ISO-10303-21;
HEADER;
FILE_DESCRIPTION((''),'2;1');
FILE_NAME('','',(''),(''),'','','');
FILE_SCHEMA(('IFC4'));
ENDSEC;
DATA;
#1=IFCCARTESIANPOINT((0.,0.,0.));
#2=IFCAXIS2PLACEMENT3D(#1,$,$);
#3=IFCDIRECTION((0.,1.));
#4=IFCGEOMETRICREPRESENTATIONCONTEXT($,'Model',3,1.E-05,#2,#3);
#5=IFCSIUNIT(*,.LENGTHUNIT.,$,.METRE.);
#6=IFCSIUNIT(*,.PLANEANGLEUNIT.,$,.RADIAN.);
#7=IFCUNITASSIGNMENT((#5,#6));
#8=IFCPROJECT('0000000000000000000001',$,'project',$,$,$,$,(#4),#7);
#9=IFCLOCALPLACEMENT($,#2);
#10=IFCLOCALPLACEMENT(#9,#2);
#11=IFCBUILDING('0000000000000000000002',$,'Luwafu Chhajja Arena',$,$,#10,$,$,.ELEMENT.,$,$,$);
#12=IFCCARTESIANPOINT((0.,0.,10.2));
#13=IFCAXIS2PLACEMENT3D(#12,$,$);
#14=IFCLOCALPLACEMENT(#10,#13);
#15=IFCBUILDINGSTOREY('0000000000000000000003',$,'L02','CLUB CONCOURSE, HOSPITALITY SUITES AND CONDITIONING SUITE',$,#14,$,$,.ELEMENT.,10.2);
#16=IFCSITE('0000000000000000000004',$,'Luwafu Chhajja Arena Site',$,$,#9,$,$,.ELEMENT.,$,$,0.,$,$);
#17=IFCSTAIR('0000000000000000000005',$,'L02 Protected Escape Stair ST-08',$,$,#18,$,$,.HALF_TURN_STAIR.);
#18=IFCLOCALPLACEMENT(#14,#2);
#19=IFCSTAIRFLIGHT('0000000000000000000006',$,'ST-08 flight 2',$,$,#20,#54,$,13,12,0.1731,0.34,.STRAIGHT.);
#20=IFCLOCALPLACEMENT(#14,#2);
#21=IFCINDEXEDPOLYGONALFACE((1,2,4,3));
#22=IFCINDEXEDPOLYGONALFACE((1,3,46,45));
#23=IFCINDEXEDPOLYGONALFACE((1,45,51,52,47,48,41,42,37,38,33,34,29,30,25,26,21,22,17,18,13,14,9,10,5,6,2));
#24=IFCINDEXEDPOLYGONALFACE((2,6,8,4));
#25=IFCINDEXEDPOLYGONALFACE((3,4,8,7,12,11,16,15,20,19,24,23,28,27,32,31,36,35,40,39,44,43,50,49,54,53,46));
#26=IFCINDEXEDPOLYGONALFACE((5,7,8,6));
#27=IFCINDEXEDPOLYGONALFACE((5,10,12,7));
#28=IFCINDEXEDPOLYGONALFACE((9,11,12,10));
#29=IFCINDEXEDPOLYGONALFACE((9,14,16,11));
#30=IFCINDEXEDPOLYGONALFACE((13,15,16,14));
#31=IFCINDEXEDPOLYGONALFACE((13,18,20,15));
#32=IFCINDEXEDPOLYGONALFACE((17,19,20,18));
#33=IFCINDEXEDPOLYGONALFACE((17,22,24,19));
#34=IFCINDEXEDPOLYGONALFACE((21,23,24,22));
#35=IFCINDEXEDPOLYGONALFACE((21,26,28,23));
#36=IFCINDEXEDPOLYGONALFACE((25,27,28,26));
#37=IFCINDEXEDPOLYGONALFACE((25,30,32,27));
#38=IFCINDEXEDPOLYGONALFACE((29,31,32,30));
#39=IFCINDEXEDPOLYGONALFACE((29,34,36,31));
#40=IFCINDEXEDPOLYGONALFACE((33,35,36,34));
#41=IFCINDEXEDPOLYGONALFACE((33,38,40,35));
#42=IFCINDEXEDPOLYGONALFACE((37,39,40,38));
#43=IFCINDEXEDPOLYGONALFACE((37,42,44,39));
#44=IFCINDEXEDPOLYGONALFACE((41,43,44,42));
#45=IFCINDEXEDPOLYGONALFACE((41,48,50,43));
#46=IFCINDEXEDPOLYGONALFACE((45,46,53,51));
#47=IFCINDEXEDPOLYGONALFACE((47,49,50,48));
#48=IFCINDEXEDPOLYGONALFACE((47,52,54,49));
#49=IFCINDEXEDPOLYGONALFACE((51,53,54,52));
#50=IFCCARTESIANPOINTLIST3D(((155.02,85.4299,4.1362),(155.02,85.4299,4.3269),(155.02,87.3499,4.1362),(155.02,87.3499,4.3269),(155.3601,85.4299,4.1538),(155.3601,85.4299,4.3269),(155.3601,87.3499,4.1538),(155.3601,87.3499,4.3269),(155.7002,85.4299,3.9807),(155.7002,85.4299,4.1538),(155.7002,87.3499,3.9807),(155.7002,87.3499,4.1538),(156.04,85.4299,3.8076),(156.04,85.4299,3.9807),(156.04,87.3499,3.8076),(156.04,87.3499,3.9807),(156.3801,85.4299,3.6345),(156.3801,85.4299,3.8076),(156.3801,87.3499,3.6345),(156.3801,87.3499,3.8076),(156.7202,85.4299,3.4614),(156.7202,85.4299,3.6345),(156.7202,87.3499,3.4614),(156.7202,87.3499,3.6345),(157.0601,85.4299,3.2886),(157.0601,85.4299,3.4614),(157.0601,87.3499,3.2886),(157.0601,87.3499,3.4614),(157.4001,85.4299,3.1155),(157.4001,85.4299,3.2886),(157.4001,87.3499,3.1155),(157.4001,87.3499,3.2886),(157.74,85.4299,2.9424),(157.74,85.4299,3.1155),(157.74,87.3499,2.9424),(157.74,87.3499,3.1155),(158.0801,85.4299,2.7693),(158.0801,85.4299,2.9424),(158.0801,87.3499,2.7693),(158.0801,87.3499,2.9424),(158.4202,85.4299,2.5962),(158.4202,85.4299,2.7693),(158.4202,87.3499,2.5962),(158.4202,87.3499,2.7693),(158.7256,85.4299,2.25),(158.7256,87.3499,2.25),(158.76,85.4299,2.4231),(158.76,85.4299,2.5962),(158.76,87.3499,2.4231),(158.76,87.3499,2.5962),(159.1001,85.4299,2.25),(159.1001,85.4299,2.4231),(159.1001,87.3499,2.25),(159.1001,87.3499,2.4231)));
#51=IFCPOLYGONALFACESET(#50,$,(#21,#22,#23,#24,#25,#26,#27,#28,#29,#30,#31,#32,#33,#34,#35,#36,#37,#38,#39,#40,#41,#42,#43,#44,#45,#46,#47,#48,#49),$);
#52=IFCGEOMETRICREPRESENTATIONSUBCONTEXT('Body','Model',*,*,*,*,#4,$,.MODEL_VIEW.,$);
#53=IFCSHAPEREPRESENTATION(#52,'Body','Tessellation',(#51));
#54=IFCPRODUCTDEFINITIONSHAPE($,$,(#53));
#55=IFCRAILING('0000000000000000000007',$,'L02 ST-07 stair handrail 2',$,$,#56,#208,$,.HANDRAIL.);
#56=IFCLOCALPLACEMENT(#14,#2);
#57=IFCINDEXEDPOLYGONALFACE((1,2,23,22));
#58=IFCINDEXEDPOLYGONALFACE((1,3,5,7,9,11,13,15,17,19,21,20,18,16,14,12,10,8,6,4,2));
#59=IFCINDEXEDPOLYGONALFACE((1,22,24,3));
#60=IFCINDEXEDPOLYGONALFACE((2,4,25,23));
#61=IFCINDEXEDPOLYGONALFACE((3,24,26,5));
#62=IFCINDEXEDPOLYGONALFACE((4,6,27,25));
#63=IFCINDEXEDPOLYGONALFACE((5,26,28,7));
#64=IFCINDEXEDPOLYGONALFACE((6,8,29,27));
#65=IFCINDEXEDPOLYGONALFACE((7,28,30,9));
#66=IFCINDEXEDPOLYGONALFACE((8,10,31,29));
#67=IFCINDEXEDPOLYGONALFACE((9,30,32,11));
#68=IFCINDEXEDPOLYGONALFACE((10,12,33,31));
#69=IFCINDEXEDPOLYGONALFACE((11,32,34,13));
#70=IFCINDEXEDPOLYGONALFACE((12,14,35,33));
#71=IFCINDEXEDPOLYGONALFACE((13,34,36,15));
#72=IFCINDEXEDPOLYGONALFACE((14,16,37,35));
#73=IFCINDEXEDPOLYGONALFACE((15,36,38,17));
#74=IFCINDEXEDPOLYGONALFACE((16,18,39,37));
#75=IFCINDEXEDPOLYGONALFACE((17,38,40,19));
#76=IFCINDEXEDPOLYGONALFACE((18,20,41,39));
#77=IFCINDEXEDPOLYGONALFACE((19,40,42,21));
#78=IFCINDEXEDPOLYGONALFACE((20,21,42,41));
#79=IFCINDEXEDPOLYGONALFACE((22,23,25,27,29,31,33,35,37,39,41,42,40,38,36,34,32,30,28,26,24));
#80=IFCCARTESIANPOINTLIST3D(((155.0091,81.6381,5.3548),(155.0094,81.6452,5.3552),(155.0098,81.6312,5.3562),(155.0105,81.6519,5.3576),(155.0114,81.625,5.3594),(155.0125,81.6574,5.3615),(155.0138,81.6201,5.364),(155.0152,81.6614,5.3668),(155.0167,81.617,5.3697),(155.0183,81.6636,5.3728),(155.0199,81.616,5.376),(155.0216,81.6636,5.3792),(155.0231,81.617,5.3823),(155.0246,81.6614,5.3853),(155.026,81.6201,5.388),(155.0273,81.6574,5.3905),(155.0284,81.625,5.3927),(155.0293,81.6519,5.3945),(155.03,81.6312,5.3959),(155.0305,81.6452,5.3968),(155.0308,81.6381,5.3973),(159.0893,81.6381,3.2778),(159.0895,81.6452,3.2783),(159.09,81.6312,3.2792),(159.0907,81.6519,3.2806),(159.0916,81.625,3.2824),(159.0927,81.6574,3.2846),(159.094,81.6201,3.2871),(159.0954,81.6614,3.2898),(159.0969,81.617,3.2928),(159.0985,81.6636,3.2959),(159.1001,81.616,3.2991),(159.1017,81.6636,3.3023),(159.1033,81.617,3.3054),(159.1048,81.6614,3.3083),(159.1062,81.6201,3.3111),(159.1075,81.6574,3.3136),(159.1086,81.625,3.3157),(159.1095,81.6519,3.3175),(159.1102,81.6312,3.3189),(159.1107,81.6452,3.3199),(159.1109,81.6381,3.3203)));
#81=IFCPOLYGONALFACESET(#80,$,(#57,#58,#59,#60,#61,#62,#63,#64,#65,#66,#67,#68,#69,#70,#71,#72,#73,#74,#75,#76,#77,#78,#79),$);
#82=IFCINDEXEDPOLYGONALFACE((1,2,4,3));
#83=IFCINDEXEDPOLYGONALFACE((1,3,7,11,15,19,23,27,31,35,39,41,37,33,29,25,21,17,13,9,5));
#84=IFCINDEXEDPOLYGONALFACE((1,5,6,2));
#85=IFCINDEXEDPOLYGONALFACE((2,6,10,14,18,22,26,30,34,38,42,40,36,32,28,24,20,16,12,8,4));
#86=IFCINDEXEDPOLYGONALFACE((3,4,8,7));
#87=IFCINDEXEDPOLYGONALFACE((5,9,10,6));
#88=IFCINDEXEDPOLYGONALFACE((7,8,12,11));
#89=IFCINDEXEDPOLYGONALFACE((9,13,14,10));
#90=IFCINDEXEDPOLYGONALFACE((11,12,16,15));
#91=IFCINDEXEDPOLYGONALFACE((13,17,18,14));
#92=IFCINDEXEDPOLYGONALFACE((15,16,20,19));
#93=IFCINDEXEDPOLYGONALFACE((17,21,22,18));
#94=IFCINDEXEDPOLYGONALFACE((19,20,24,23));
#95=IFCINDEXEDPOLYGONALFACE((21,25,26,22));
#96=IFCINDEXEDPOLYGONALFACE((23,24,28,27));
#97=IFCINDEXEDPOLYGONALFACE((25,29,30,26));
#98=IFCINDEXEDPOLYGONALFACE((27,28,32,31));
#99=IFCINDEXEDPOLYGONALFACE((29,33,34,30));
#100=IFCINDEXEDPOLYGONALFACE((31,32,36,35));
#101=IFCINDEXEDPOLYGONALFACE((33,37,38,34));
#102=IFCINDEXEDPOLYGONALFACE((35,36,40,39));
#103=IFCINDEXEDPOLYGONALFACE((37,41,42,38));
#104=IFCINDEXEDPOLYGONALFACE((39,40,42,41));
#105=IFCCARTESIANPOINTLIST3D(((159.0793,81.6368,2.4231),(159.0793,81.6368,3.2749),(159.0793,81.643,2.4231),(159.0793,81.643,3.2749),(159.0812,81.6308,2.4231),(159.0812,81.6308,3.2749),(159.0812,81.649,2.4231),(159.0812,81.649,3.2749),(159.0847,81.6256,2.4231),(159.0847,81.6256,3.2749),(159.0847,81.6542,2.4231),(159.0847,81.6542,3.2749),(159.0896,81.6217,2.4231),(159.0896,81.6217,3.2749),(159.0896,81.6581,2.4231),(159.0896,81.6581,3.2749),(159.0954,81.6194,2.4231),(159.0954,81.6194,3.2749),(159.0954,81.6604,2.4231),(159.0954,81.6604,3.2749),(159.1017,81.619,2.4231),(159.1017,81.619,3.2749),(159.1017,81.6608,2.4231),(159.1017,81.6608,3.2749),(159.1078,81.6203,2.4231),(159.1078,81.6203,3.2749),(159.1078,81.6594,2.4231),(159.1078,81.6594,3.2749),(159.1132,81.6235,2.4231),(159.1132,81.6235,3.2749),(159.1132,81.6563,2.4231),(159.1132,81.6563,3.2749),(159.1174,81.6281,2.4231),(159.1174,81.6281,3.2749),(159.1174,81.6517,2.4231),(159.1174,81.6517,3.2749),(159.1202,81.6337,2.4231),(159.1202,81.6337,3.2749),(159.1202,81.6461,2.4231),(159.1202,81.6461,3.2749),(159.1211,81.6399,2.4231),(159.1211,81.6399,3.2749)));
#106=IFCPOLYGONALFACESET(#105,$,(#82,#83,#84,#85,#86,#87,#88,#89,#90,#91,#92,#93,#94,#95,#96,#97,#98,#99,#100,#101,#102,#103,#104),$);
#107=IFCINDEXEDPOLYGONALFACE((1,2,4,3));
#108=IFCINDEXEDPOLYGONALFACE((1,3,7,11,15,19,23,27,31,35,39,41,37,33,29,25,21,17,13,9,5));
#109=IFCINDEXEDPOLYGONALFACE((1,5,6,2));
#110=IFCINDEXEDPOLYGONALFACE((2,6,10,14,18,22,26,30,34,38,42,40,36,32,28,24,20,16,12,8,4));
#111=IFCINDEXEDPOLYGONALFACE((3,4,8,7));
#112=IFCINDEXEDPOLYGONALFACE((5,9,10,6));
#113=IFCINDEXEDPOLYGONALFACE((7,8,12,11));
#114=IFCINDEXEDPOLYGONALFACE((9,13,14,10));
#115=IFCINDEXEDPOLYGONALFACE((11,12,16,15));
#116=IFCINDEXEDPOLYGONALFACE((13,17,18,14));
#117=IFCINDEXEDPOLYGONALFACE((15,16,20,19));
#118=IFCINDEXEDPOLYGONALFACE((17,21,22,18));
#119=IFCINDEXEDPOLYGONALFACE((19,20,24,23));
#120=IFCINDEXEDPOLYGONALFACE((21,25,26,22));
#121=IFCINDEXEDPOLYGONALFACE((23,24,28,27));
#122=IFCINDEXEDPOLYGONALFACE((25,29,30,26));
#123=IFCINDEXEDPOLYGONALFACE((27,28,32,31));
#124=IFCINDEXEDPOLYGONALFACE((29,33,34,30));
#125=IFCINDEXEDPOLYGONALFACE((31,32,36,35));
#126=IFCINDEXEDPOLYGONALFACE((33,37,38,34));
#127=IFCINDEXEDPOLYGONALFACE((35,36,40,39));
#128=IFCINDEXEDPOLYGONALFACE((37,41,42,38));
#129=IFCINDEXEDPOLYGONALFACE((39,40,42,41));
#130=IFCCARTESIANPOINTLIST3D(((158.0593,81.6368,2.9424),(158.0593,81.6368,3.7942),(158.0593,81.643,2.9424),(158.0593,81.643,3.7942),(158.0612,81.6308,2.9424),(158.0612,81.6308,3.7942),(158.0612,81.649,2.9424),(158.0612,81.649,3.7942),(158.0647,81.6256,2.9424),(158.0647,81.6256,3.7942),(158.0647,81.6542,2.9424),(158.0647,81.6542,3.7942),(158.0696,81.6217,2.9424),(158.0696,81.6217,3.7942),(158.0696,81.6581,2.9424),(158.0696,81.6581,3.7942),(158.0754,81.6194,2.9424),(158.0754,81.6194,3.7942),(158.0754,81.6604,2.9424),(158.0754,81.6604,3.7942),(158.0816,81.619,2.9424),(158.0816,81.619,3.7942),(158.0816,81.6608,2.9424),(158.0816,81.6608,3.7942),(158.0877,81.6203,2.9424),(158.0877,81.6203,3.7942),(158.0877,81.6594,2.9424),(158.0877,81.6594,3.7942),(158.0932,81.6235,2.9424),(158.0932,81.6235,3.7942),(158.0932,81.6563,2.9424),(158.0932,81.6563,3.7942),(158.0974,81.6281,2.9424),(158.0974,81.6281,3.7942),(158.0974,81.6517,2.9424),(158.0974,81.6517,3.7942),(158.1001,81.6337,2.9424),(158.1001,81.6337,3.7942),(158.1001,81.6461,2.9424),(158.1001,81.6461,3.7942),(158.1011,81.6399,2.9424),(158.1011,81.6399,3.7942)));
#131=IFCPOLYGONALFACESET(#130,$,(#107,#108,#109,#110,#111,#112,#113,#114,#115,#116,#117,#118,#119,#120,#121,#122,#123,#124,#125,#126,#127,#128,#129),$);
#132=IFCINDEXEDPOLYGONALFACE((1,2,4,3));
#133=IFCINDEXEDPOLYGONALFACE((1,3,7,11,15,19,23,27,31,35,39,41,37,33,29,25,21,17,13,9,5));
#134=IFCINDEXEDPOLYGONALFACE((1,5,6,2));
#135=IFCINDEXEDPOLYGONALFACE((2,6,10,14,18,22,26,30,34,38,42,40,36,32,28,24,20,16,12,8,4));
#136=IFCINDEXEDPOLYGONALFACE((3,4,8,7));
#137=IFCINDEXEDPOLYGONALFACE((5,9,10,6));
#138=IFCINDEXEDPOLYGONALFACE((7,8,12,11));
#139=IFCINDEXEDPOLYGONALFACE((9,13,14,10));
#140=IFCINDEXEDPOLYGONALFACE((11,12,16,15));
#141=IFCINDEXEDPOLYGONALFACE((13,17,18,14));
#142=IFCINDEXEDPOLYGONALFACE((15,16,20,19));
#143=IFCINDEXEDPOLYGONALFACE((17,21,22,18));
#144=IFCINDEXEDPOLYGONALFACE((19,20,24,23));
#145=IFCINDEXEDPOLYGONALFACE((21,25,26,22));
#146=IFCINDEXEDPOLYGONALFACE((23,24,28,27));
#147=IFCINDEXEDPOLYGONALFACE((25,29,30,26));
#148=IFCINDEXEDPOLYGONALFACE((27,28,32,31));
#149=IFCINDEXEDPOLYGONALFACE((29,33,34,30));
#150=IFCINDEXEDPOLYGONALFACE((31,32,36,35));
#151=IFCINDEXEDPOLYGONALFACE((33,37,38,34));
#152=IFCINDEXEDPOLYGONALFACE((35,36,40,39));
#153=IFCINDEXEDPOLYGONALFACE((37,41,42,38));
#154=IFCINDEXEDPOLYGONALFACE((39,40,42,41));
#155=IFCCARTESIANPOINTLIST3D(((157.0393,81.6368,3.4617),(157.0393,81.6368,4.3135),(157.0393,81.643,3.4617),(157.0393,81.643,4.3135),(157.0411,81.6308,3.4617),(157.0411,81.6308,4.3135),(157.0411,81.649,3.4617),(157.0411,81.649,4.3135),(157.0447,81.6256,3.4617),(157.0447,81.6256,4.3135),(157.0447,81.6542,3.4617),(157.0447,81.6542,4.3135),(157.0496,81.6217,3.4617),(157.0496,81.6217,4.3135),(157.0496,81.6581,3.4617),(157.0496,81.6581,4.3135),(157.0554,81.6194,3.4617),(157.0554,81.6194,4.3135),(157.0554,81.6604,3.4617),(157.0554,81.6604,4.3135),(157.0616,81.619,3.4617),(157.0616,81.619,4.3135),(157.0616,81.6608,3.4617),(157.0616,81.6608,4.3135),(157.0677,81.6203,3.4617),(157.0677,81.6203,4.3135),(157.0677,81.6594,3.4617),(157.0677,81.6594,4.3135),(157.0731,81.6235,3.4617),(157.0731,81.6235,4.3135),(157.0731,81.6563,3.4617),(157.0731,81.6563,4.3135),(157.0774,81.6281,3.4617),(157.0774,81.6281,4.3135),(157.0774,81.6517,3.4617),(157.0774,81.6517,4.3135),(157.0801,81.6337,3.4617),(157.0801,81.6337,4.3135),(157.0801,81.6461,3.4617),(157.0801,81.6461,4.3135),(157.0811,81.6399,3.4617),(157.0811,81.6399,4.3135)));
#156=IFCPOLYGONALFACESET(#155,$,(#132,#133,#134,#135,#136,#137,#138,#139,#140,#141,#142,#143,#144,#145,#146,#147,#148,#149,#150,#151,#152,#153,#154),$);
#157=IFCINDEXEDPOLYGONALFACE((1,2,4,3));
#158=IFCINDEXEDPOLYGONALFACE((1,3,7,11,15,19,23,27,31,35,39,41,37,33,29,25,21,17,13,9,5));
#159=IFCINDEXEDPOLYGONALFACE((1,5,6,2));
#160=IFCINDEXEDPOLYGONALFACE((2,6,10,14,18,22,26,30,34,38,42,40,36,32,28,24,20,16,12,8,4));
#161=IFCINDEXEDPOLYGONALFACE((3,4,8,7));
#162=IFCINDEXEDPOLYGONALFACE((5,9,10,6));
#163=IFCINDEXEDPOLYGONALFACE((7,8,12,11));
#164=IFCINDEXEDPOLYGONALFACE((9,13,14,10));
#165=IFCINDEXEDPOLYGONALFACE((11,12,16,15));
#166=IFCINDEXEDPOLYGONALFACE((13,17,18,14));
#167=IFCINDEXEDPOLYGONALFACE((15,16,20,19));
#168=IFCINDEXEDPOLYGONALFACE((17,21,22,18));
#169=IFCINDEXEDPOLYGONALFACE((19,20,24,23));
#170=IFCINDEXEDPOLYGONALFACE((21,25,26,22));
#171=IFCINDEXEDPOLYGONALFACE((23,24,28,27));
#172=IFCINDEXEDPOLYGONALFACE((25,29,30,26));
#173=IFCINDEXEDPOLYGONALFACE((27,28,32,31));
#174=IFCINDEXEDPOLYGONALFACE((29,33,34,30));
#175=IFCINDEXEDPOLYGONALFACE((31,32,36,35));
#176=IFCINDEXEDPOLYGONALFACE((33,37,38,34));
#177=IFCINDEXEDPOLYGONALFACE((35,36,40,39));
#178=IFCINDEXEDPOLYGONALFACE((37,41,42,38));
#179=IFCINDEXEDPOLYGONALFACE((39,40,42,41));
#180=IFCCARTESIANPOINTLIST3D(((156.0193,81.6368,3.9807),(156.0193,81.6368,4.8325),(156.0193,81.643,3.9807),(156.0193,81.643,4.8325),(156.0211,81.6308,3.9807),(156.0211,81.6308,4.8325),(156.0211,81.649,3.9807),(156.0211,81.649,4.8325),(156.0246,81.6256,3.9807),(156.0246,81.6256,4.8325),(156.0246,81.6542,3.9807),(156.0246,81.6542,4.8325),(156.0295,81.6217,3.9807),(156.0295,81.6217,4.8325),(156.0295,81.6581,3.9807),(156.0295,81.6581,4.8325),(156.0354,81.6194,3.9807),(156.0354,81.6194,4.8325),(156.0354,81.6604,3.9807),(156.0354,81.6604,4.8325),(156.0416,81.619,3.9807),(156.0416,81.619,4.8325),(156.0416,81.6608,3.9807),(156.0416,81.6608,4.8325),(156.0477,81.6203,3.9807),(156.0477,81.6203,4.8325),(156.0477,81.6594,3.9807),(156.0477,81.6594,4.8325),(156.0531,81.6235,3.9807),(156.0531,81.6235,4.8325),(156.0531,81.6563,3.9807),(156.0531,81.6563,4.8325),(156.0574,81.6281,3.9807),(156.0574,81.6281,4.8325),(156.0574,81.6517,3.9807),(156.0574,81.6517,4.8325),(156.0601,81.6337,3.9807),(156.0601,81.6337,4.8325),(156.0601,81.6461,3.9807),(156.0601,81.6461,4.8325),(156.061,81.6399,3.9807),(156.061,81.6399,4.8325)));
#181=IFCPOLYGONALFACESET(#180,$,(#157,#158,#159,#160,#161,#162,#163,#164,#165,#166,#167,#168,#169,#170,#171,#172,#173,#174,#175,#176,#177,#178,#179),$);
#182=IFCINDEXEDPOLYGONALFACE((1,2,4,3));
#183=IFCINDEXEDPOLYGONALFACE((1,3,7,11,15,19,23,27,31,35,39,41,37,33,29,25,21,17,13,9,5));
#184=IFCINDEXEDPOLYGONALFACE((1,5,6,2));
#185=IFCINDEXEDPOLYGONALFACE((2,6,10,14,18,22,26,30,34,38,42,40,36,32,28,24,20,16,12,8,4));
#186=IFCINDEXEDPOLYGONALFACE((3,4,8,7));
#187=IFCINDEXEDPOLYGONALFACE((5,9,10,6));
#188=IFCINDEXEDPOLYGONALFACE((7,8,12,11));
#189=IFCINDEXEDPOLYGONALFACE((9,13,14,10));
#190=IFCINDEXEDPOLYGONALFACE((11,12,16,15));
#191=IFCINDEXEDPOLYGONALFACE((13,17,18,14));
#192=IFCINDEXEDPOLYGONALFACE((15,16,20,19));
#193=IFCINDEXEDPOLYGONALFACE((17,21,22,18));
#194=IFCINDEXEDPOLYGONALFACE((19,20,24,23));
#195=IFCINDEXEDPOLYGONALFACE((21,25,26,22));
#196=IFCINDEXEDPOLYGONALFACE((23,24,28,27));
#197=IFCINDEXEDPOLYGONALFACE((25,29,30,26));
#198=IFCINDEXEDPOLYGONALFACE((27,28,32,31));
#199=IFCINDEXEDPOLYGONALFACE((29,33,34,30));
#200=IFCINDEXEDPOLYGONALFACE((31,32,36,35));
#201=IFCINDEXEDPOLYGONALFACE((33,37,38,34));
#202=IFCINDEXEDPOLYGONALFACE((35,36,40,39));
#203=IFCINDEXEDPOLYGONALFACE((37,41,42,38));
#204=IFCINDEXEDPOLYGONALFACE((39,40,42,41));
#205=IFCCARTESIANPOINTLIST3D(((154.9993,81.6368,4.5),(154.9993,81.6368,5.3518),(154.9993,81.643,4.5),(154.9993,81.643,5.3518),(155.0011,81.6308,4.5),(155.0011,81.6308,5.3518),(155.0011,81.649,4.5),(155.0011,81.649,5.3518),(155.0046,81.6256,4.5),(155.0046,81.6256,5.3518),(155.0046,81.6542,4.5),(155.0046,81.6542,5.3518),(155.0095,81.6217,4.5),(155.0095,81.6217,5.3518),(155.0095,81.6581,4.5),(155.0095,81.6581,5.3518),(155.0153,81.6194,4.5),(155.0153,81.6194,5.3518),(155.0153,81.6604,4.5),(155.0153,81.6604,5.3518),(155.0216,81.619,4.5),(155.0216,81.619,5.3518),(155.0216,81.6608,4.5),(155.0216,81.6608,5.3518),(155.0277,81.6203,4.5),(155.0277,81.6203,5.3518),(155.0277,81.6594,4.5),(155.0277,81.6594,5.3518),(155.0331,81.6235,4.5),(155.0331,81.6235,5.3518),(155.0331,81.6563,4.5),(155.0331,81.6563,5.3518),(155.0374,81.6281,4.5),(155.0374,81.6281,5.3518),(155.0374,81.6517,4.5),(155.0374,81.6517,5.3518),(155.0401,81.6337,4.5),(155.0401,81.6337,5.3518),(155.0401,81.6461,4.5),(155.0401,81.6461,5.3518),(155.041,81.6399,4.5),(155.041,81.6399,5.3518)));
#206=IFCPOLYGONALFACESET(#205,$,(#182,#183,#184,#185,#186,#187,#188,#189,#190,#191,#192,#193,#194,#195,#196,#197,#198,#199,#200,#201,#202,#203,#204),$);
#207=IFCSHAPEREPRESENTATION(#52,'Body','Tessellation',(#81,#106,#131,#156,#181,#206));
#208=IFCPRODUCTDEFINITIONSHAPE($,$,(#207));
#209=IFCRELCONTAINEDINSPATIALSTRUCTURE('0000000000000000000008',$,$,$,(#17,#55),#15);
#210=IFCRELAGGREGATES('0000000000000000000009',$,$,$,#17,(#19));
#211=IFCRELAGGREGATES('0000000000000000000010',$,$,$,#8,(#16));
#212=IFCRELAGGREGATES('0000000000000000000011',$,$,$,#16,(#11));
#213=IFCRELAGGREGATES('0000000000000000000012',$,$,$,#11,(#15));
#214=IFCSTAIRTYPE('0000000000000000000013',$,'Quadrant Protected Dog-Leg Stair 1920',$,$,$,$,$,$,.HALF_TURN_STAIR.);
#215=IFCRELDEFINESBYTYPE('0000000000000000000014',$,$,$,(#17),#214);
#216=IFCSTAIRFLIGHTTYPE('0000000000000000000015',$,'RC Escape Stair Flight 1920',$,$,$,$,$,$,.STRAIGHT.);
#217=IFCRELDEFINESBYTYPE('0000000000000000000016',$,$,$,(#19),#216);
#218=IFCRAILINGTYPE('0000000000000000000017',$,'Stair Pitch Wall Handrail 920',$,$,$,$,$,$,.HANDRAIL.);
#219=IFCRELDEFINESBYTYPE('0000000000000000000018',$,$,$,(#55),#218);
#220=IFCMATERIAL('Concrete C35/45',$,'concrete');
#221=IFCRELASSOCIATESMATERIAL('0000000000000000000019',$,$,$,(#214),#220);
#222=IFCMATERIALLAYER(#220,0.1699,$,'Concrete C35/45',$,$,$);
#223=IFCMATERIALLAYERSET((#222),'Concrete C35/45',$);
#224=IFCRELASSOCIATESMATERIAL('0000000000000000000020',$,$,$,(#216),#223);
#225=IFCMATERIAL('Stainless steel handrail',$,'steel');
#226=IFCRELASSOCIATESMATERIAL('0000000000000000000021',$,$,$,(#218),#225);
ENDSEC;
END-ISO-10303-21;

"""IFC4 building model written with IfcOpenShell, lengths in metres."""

from ifc_helpers import new_model, si_unit, direction, frame, origin, origin_2d, place, context, subcontext, project, spatial, polyline, circle, outline, extrude, material, layer, layer_set, type_object, element, aggregate, save


model = new_model("IFC4")

# Units and contexts
model_context = context("Model", 3, precision=1e-05, world=origin(), true_north=direction((0.0, 1.0)))
body_context = subcontext(model_context, "Body", "Model", "MODEL_VIEW")
ifc_project = project(units=[si_unit("LENGTHUNIT", "METRE"), si_unit("PLANEANGLEUNIT", "RADIAN")], contexts=[model_context])

# Site, building, storey
site_placement = place(None, origin())
site = spatial("IfcSite", under=ifc_project, at=site_placement, Name="Luwafu Chhajja Arena Site", CompositionType="ELEMENT", RefElevation=0.0)
building_placement = place(site_placement, origin())
building = spatial("IfcBuilding", under=site, at=building_placement, Name="Luwafu Chhajja Arena", CompositionType="ELEMENT")
storey_placement = place(building_placement, frame((0.0, 0.0, 10.2)))
storey = spatial("IfcBuildingStorey", under=building, at=storey_placement, Name="L02", Description="CLUB CONCOURSE, HOSPITALITY SUITES AND CONDITIONING SUITE", CompositionType="ELEMENT", Elevation=10.2)

# Shared definitions
ifc_material_1 = material(Name="Concrete C35/45", Category="concrete")

# Stair, stair flight
stair_type = type_object("IfcStairType", Name="Quadrant Protected Dog-Leg Stair 1920", PredefinedType="HALF_TURN_STAIR", material=ifc_material_1)
ifc_layer_1 = layer(ifc_material_1, 0.1699, Name="Concrete C35/45")
ifc_layer_set_1 = layer_set([ifc_layer_1], Name="Concrete C35/45")
stair_flight_type = type_object("IfcStairFlightType", Name="RC Escape Stair Flight 1920", PredefinedType="STRAIGHT", material=ifc_layer_set_1)
stair_1_placement = place(storey_placement, origin())
stair_1 = element("IfcStair", 1, at=stair_1_placement, inside=storey, type_object=stair_type, Name="L02 Protected Escape Stair ST-08", PredefinedType="HALF_TURN_STAIR")
stair_flight_1_placement = place(storey_placement, frame((159.1001, 86.3899, 2.25), z_axis=(0.0, 0.0, 1.0), x_axis=(-1.0, 0.0, 0.0)))
stair_flight_1 = element("IfcStairFlight", 2, at=stair_flight_1_placement, type_object=stair_flight_type, Name="ST-08 flight 2", NumberOfRisers=13, NumberOfTreads=12, PredefinedType="STRAIGHT", RiserHeight=0.1731, TreadLength=0.34, context=body_context, shape_type="SweptSolid", body=[
    extrude(outline(polyline([(0.0, 0.0), (0.0, 0.1731), (0.3401, 0.1731), (0.3401, 0.3462), (0.6799, 0.3462), (0.6799, 0.5193), (1.02, 0.5193), (1.02, 0.6924), (1.3601, 0.6924), (1.3601, 0.8655), (1.7, 0.8655), (1.7, 1.0386), (2.04, 1.0386), (2.04, 1.2114), (2.3799, 1.2114), (2.3799, 1.3845), (2.72, 1.3845), (2.72, 1.5576), (3.0601, 1.5576), (3.0601, 1.7307), (3.3999, 1.7307), (3.3999, 1.9038), (3.74, 1.9038), (3.74, 2.0769), (4.0801, 2.0769), (4.0801, 2.25), (4.0801, 1.8862), (0.3745, 0.0), (0.0, 0.0)])), frame((0.0, 0.96, 0.0), z_axis=(0.0, -1.0, 0.0), x_axis=(1.0, 0.0, 0.0)), (0.0, 0.0, 1.0), 1.9199),
])
aggregate(stair_1, [stair_flight_1])

# Railing
ifc_material_2 = material(Name="Stainless steel handrail", Category="steel")
railing_type_1 = type_object("IfcRailingType", Name="Stair Pitch Wall Handrail 920", PredefinedType="HANDRAIL", material=ifc_material_2)
for number, where, name in (
    (3, (159.1001, 81.6399, 2.4231), "L02 ST-07 stair handrail 2"),
):
    element("IfcRailing", number, at=place(storey_placement, frame(where)), inside=storey, type_object=railing_type_1, Name=name, PredefinedType="HANDRAIL", context=body_context, shape_type="SweptSolid", body=[
        extrude(circle(Radius=0.0239, at=origin_2d()), frame((0.0, 0.0, 0.876), z_axis=(-0.891183, 0.0, 0.453644), x_axis=(0.0, -1.0, 0.0)), (0.0, 0.0, 1.0), 4.5784),
        extrude(circle(Radius=0.021, at=origin_2d()), origin(), (0.0, 0.0, 1.0), 0.8518),
        extrude(circle(Radius=0.021, at=origin_2d()), frame((-1.02, 0.0, 0.5193)), (0.0, 0.0, 1.0), 0.8518),
        extrude(circle(Radius=0.021, at=origin_2d()), frame((-2.04, 0.0, 1.0386)), (0.0, 0.0, 1.0), 0.8518),
        extrude(circle(Radius=0.021, at=origin_2d()), frame((-3.0601, 0.0, 1.5576)), (0.0, 0.0, 1.0), 0.8518),
        extrude(circle(Radius=0.021, at=origin_2d()), frame((-4.0801, 0.0, 2.0769)), (0.0, 0.0, 1.0), 0.8518),
    ])

save(model, "model.ifc")
